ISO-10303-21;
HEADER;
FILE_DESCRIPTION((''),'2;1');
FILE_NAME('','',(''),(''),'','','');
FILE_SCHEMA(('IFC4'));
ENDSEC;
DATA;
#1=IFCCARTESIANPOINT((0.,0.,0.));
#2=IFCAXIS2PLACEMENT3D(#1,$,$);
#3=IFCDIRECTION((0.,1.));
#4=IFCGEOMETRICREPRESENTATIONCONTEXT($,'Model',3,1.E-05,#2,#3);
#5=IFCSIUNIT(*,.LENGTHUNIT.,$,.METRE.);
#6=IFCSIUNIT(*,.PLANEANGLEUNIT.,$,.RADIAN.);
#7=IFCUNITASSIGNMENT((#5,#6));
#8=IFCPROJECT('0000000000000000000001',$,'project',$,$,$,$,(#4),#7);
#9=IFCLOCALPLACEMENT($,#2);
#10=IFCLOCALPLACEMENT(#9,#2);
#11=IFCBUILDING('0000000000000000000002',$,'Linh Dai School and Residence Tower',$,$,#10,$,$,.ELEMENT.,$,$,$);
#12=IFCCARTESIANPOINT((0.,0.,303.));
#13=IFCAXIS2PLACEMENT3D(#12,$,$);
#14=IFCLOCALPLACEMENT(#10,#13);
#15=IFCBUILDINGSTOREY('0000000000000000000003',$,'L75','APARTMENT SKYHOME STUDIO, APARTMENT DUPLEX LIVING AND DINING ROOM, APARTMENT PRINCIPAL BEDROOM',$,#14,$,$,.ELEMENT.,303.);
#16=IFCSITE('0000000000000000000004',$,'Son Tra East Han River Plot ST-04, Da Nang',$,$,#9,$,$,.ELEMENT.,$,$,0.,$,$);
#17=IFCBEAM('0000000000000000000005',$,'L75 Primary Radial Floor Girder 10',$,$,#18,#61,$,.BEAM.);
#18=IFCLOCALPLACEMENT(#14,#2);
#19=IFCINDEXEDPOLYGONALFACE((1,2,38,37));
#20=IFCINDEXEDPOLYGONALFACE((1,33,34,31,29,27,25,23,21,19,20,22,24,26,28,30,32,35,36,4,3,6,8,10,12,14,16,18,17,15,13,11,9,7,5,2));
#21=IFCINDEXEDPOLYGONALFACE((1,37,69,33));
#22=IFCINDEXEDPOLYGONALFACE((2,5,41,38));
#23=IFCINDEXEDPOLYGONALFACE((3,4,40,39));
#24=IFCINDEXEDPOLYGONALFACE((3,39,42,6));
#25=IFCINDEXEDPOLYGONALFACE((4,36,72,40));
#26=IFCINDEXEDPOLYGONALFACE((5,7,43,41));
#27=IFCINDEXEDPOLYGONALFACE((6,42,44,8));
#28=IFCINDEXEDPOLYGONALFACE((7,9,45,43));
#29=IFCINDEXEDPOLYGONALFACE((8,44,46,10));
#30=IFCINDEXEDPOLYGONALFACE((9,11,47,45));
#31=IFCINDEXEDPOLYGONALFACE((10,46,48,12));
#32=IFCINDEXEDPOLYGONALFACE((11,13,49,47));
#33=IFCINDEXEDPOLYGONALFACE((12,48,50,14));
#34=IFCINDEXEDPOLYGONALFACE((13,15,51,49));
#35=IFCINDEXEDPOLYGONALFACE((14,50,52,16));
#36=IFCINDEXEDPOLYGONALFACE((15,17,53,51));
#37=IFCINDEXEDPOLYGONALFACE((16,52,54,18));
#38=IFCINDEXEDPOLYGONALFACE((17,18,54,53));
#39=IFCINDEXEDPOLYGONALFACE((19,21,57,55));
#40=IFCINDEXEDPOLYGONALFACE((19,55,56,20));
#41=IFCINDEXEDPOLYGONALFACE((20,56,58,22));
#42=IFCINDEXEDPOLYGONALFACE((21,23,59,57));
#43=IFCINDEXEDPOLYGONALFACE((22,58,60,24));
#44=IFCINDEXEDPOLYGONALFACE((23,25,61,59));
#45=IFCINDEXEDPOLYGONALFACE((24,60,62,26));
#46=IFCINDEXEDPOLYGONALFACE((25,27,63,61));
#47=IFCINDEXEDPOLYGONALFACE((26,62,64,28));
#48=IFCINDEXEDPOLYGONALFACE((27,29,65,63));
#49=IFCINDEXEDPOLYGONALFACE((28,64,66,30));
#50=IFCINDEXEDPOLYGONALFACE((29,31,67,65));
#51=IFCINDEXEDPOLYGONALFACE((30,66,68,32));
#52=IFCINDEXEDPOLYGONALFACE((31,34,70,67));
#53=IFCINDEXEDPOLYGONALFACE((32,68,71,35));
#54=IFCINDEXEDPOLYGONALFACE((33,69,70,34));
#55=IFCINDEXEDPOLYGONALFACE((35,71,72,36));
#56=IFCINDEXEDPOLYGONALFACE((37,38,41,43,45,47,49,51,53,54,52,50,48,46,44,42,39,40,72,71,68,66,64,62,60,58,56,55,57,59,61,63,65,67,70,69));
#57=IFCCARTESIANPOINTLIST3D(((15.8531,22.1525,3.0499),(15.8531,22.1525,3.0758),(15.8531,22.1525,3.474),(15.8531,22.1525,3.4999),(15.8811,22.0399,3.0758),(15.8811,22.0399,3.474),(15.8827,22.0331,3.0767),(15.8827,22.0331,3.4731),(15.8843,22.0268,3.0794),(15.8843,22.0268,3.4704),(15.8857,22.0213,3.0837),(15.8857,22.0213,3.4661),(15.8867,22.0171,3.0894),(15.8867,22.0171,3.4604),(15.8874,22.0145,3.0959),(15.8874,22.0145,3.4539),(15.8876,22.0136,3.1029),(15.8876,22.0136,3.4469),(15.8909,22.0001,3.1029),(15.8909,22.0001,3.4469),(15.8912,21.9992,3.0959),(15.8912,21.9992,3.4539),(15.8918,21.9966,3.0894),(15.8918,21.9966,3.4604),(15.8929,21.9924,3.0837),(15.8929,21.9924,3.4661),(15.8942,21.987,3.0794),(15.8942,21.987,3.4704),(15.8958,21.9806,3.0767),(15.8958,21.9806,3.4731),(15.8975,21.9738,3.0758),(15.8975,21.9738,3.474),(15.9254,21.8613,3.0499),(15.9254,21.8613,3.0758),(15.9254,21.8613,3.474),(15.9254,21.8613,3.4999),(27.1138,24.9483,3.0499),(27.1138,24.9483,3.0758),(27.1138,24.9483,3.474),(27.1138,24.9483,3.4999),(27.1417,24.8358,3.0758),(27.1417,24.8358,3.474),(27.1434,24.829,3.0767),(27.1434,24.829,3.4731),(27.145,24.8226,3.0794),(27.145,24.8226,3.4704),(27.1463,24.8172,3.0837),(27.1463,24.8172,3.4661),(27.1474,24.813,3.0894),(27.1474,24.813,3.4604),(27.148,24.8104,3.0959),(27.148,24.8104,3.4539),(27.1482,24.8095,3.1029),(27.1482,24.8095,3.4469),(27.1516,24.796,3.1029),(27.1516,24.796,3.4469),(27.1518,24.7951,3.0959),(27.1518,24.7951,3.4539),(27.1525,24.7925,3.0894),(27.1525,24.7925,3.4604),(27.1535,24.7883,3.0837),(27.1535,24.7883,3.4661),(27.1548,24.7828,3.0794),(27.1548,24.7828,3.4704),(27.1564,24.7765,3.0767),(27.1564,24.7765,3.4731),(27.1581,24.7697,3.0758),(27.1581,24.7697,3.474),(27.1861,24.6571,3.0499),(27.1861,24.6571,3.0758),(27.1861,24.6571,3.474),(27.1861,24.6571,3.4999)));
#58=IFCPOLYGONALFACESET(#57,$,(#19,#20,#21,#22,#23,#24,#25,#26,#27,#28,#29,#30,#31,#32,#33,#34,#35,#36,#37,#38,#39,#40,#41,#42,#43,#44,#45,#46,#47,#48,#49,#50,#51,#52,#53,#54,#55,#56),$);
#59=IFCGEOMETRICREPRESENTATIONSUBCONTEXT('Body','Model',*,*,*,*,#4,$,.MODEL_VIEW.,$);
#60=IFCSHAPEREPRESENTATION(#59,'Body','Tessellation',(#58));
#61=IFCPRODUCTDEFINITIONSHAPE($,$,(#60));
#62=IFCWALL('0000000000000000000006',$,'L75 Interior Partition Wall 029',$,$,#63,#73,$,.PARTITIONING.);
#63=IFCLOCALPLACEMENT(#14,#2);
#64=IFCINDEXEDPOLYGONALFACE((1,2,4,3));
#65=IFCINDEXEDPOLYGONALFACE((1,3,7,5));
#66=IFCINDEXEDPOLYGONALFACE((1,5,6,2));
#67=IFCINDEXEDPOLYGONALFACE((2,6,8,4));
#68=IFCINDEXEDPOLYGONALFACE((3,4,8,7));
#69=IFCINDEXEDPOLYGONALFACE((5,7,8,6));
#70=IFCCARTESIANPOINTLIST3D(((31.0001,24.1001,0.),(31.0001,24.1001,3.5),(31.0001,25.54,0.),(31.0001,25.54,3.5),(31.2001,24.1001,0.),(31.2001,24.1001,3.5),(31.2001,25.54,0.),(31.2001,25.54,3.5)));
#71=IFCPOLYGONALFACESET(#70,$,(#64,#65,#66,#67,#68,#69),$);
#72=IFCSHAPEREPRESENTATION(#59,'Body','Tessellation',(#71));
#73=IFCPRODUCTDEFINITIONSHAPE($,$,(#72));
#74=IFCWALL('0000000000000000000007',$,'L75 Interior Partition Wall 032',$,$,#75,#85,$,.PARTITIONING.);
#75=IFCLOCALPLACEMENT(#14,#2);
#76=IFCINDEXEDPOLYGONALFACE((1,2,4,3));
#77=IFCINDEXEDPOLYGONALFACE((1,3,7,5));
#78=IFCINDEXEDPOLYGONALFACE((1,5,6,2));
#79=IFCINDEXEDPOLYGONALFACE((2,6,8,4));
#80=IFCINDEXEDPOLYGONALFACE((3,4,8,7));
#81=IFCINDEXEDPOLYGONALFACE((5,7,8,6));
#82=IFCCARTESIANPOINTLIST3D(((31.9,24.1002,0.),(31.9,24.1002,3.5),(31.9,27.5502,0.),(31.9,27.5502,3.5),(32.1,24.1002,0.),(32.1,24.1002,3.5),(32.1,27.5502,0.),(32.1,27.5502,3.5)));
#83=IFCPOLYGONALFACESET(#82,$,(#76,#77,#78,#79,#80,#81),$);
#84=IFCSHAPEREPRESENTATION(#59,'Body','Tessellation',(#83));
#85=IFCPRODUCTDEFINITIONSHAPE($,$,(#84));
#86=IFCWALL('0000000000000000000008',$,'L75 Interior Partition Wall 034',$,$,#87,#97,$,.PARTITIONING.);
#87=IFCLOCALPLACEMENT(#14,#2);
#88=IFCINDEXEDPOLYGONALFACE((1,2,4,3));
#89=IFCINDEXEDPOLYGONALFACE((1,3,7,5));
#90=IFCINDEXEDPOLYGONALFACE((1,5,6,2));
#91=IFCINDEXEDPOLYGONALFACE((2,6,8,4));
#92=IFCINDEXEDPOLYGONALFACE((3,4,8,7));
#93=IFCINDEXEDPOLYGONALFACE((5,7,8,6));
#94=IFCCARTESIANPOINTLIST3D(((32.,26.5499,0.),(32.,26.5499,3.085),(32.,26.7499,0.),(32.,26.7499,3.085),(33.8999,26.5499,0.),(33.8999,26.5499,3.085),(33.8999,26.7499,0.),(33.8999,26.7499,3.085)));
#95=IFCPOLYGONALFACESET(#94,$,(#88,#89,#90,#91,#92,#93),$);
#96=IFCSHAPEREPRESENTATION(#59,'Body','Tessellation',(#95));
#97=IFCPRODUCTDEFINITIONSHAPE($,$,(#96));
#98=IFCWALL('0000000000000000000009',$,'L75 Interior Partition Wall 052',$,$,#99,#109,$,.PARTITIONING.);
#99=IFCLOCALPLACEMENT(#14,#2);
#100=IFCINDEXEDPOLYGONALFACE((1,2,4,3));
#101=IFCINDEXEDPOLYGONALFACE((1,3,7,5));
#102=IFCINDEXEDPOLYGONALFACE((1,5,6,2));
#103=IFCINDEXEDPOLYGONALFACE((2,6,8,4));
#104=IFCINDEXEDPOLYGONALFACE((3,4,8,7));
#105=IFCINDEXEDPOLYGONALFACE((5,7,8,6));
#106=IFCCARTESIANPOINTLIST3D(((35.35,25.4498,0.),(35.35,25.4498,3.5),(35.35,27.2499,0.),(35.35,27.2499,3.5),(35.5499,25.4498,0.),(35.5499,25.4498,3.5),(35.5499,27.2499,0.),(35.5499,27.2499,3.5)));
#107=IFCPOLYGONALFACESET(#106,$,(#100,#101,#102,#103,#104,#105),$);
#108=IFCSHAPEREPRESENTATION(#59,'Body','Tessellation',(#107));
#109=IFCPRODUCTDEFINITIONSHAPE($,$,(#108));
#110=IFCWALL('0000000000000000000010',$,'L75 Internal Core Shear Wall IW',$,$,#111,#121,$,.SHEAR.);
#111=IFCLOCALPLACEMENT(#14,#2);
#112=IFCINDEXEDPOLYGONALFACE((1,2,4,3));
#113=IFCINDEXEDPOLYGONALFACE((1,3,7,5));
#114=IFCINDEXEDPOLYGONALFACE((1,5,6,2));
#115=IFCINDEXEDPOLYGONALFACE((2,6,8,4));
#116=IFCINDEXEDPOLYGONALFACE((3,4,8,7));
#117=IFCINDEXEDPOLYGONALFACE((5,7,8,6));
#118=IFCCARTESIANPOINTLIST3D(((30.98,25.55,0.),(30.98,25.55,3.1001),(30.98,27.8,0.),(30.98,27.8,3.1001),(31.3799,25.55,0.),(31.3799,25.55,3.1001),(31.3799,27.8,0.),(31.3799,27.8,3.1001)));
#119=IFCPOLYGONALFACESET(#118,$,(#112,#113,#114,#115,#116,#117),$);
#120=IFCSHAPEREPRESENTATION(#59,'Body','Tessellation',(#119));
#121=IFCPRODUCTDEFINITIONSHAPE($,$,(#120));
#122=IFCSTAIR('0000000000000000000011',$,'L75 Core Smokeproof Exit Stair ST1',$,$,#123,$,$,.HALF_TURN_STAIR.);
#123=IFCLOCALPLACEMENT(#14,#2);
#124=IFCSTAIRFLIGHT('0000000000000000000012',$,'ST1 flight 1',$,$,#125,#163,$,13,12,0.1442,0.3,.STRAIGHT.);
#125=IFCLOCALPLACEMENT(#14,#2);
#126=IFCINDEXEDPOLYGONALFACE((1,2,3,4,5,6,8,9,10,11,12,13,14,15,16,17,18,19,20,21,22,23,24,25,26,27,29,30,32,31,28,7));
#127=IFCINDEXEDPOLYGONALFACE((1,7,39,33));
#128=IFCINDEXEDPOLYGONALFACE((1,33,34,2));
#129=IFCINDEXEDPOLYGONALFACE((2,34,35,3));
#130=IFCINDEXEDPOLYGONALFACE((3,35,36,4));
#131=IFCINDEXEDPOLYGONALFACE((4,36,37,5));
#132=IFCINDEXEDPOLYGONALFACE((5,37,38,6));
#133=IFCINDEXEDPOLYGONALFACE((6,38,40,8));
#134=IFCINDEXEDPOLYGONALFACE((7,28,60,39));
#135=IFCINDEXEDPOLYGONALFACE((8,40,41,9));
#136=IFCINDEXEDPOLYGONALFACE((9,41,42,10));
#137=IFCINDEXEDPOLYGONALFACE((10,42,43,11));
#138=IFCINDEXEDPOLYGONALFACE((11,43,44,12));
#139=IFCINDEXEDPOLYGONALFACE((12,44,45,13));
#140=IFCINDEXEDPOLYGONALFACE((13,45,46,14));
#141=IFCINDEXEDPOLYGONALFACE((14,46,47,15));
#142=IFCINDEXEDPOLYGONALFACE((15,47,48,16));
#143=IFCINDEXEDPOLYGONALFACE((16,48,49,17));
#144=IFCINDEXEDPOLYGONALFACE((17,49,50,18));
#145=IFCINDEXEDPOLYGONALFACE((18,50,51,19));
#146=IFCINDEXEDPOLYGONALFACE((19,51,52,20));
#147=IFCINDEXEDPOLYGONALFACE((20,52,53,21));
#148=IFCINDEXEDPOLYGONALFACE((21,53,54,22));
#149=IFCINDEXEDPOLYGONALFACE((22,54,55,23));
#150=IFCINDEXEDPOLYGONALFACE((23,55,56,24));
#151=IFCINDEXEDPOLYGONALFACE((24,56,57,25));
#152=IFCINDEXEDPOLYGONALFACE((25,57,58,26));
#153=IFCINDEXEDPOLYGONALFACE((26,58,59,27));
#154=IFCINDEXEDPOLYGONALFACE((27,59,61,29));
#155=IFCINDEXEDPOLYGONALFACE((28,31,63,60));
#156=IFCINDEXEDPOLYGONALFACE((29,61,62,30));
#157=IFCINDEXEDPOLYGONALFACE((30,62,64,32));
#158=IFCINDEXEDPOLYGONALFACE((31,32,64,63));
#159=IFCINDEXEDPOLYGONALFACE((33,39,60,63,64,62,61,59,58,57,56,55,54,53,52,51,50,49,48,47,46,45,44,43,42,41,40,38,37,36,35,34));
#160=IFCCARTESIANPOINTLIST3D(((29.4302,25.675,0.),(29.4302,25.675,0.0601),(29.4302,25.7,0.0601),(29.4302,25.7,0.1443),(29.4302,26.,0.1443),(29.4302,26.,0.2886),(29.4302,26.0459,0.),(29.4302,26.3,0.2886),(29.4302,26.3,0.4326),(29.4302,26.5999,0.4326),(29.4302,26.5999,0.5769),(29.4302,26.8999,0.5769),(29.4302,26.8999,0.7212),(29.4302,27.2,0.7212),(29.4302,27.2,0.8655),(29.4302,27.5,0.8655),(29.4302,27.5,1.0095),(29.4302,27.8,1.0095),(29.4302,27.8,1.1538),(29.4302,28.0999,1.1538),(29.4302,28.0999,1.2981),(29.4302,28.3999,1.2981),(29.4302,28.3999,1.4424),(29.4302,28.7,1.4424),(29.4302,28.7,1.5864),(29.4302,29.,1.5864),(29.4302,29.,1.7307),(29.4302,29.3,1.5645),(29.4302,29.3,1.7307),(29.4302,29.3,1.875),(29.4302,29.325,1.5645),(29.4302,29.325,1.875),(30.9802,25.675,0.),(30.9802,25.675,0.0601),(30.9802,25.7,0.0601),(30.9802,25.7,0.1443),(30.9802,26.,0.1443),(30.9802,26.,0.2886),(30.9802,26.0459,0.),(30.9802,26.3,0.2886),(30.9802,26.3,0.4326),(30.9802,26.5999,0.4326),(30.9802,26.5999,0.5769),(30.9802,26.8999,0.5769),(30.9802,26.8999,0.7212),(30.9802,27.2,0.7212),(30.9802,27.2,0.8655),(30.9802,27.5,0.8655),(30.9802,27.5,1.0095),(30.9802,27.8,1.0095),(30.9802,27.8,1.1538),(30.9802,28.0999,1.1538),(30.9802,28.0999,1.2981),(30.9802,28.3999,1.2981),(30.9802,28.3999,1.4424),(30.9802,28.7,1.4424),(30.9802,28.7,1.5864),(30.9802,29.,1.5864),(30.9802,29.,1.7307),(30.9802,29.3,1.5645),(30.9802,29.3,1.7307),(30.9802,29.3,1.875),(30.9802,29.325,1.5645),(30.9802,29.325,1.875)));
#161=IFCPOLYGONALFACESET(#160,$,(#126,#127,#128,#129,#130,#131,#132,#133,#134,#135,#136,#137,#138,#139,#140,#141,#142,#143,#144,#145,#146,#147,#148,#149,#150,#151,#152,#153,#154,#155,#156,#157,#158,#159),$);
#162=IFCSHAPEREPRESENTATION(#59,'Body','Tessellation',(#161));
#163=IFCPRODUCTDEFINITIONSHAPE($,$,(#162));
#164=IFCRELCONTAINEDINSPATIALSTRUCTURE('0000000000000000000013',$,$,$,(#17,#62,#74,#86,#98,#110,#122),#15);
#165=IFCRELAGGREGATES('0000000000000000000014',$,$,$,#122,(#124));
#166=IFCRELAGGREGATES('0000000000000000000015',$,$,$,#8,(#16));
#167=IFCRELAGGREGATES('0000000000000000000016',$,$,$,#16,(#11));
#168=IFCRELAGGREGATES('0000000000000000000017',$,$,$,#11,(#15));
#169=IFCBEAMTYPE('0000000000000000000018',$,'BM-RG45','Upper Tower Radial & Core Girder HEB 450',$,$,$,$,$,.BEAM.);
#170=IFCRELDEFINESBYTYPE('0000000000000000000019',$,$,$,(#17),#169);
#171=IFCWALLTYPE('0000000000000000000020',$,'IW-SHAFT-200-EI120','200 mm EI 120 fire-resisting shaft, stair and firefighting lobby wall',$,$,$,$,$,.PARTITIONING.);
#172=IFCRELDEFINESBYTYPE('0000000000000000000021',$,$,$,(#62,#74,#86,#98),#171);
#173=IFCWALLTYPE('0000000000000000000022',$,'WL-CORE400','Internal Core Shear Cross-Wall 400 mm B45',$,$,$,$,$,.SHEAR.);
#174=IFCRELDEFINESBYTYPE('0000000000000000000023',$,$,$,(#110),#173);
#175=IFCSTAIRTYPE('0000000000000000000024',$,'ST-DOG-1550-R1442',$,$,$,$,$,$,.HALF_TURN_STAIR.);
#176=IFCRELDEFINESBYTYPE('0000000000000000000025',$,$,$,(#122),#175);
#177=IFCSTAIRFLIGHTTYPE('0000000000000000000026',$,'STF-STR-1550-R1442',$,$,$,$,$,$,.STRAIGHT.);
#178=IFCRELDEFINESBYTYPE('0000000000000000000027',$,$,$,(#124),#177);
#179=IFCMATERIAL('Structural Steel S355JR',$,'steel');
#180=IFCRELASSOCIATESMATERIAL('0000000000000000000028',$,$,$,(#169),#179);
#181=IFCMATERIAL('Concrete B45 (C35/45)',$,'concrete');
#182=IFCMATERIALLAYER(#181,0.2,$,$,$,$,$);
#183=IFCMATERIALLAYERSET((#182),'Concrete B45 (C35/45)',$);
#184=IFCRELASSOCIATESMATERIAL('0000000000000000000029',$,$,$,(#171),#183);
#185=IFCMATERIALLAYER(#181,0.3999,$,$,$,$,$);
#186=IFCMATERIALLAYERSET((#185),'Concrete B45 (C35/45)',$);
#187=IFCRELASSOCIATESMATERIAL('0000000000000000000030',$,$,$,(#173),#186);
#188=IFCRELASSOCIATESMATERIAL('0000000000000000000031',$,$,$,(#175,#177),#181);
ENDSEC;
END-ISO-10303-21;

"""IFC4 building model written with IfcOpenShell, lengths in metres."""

from ifc_helpers import new_model, si_unit, direction, frame, frame_2d, origin, origin_2d, place, context, subcontext, project, spatial, polyline, rectangle, i_section, outline, extrude, source, transform, mapped, material, layer, layer_set, material_profile, profile_set, type_object, element, aggregate, save


model = new_model("IFC4")

# Units and contexts
model_context = context("Model", 3, precision=1e-05, world=origin(), true_north=direction((0.0, 1.0)))
body_context = subcontext(model_context, "Body", "Model", "MODEL_VIEW")
ifc_project = project(units=[si_unit("LENGTHUNIT", "METRE"), si_unit("PLANEANGLEUNIT", "RADIAN")], contexts=[model_context])

# Site, building, storey
site_placement = place(None, origin())
site = spatial("IfcSite", under=ifc_project, at=site_placement, Name="Son Tra East Han River Plot ST-04, Da Nang", CompositionType="ELEMENT", RefElevation=0.0)
building_placement = place(site_placement, origin())
building = spatial("IfcBuilding", under=site, at=building_placement, Name="Linh Dai School and Residence Tower", CompositionType="ELEMENT")
storey_placement = place(building_placement, frame((0.0, 0.0, 303.0)))
storey = spatial("IfcBuildingStorey", under=building, at=storey_placement, Name="L75", Description="APARTMENT SKYHOME STUDIO, APARTMENT DUPLEX LIVING AND DINING ROOM, APARTMENT PRINCIPAL BEDROOM", CompositionType="ELEMENT", Elevation=303.0)

# Shared definitions
ifc_material_1 = material(Name="Structural Steel S355JR", Category="steel")

# Beam
ifc_material_profile_1 = material_profile(ifc_material_1, i_section(OverallWidth=0.3, OverallDepth=0.45, WebThickness=0.0139, FlangeThickness=0.0259, FilletRadius=0.0271, at=origin_2d()), Name="HEB 450")
ifc_profile_set_1 = profile_set([ifc_material_profile_1], Name="Structural Steel S355JR")
beam_type = type_object("IfcBeamType", Name="BM-RG45", Description="Upper Tower Radial & Core Girder HEB 450", PredefinedType="BEAM", material=ifc_profile_set_1)
beam_placement = place(storey_placement, frame((27.1499, 24.8027, 3.2749), z_axis=(-0.970532, -0.240971, 0.0), x_axis=(0.240971, -0.970532, 0.0)))
element("IfcBeam", 1, at=beam_placement, inside=storey, type_object=beam_type, Name="L75 Primary Radial Floor Girder 10", PredefinedType="BEAM", context=body_context, shape_type="SweptSolid", body=[
    extrude(i_section(OverallWidth=0.3, OverallDepth=0.45, WebThickness=0.0139, FlangeThickness=0.0259, FilletRadius=0.0271, at=origin_2d()), origin(), (0.0, 0.0, 1.0), 11.6025),
])

# Shared definitions
ifc_material_2 = material(Name="Concrete B45 (C35/45)", Category="concrete")
ifc_layer_1 = layer(ifc_material_2, 0.2)
ifc_layer_set_1 = layer_set([ifc_layer_1], Name="Concrete B45 (C35/45)")
wall_type_1 = type_object("IfcWallType", Name="IW-SHAFT-200-EI120", Description="200 mm EI 120 fire-resisting shaft, stair and firefighting lobby wall", PredefinedType="PARTITIONING", material=ifc_layer_set_1)

# Walls
wall_1_placement = place(storey_placement, frame((31.1001, 24.1001, 0.0), z_axis=(0.0, 0.0, 1.0), x_axis=(0.0, 1.0, 0.0)))
element("IfcWall", 2, at=wall_1_placement, inside=storey, type_object=wall_type_1, Name="L75 Interior Partition Wall 029", PredefinedType="PARTITIONING", context=body_context, shape_type="SweptSolid", body=[
    extrude(rectangle(XDim=1.4399, YDim=0.2, at=frame_2d((0.72, 0.0))), origin(), (0.0, 0.0, 1.0), 3.5),
])
wall_2_placement = place(storey_placement, frame((32.0, 24.1001, 0.0), z_axis=(0.0, 0.0, 1.0), x_axis=(0.0, 1.0, 0.0)))
element("IfcWall", 3, at=wall_2_placement, inside=storey, type_object=wall_type_1, Name="L75 Interior Partition Wall 032", PredefinedType="PARTITIONING", context=body_context, shape_type="SweptSolid", body=[
    extrude(rectangle(XDim=3.45, YDim=0.2, at=frame_2d((1.7251, 0.0))), origin(), (0.0, 0.0, 1.0), 3.5),
])

# Walls
wall_3_placement = place(storey_placement, frame((32.0, 26.6499, 0.0), z_axis=(0.0, 0.0, 1.0), x_axis=(1.0, 0.0, 0.0)))
element("IfcWall", 4, at=wall_3_placement, inside=storey, type_object=wall_type_1, Name="L75 Interior Partition Wall 034", PredefinedType="PARTITIONING", context=body_context, shape_type="SweptSolid", body=[
    extrude(rectangle(XDim=1.8999, YDim=0.2, at=frame_2d((0.95, 0.0))), origin(), (0.0, 0.0, 1.0), 3.085),
])
wall_4_placement = place(storey_placement, frame((35.45, 25.45, 0.0), z_axis=(0.0, 0.0, 1.0), x_axis=(0.0, 1.0, 0.0)))
element("IfcWall", 5, at=wall_4_placement, inside=storey, type_object=wall_type_1, Name="L75 Interior Partition Wall 052", PredefinedType="PARTITIONING", context=body_context, shape_type="SweptSolid", body=[
    extrude(rectangle(XDim=1.8, YDim=0.2, at=frame_2d((0.8999, 0.0))), origin(), (0.0, 0.0, 1.0), 3.5),
])

# Wall
ifc_layer_2 = layer(ifc_material_2, 0.3999)
ifc_layer_set_2 = layer_set([ifc_layer_2], Name="Concrete B45 (C35/45)")
wall_type_2 = type_object("IfcWallType", Name="WL-CORE400", Description="Internal Core Shear Cross-Wall 400 mm B45", PredefinedType="SHEAR", material=ifc_layer_set_2)
wall_5_placement = place(storey_placement, frame((31.1799, 25.55, 0.0), z_axis=(0.0, 0.0, 1.0), x_axis=(0.0, 1.0, 0.0)))
element("IfcWall", 6, at=wall_5_placement, inside=storey, type_object=wall_type_2, Name="L75 Internal Core Shear Wall IW", PredefinedType="SHEAR", context=body_context, shape_type="SweptSolid", body=[
    extrude(rectangle(XDim=2.25, YDim=0.3999, at=frame_2d((1.125, 0.0))), origin(), (0.0, 0.0, 1.0), 3.1001),
])

# Stair, stair flight
stair_type = type_object("IfcStairType", Name="ST-DOG-1550-R1442", PredefinedType="HALF_TURN_STAIR", material=ifc_material_2)
stair_placement = place(storey_placement, origin())
stair = element("IfcStair", 7, at=stair_placement, inside=storey, type_object=stair_type, Name="L75 Core Smokeproof Exit Stair ST1", PredefinedType="HALF_TURN_STAIR")
stair_flight_type = type_object("IfcStairFlightType", Name="STF-STR-1550-R1442", PredefinedType="STRAIGHT", material=ifc_material_2)
shared_shape_1 = source(origin(), body_context, "Body", "SweptSolid", [
    extrude(outline(polyline([(-0.0249, 0.0), (-0.0249, 0.0601), (0.0, 0.0601), (0.0, 0.1443), (0.3, 0.1443), (0.3, 0.2886), (0.6001, 0.2886), (0.6001, 0.4326), (0.8999, 0.4326), (0.8999, 0.5769), (1.2, 0.5769), (1.2, 0.7212), (1.5, 0.7212), (1.5, 0.8655), (1.8, 0.8655), (1.8, 1.0095), (2.1001, 1.0095), (2.1001, 1.1538), (2.3999, 1.1538), (2.3999, 1.2981), (2.7, 1.2981), (2.7, 1.4424), (3.0, 1.4424), (3.0, 1.5864), (3.3, 1.5864), (3.3, 1.7307), (3.6001, 1.7307), (3.6001, 1.875), (3.625, 1.875), (3.625, 1.5645), (3.6001, 1.5645), (0.3459, 0.0), (-0.0249, 0.0)])), frame((0.0, 0.7749, 0.0), z_axis=(0.0, -1.0, 0.0), x_axis=(1.0, 0.0, 0.0)), (0.0, 0.0, 1.0), 1.55),
])
stair_flight_placement = place(storey_placement, frame((30.2051, 25.7, 0.0), z_axis=(0.0, 0.0, 1.0), x_axis=(0.0, 1.0, 0.0)))
stair_flight = element("IfcStairFlight", 8, at=stair_flight_placement, type_object=stair_flight_type, Name="ST1 flight 1", NumberOfRisers=13, NumberOfTreads=12, PredefinedType="STRAIGHT", RiserHeight=0.1442, TreadLength=0.3, context=body_context, shape_type="MappedRepresentation", body=[
    mapped(shared_shape_1, transform((0.0, 0.0, 0.0), x_axis=(1.0, 0.0, 0.0), y_axis=(0.0, 1.0, 0.0), z_axis=(0.0, 0.0, 1.0), scale=1.0)),
])
aggregate(stair, [stair_flight])

save(model, "model.ifc")
